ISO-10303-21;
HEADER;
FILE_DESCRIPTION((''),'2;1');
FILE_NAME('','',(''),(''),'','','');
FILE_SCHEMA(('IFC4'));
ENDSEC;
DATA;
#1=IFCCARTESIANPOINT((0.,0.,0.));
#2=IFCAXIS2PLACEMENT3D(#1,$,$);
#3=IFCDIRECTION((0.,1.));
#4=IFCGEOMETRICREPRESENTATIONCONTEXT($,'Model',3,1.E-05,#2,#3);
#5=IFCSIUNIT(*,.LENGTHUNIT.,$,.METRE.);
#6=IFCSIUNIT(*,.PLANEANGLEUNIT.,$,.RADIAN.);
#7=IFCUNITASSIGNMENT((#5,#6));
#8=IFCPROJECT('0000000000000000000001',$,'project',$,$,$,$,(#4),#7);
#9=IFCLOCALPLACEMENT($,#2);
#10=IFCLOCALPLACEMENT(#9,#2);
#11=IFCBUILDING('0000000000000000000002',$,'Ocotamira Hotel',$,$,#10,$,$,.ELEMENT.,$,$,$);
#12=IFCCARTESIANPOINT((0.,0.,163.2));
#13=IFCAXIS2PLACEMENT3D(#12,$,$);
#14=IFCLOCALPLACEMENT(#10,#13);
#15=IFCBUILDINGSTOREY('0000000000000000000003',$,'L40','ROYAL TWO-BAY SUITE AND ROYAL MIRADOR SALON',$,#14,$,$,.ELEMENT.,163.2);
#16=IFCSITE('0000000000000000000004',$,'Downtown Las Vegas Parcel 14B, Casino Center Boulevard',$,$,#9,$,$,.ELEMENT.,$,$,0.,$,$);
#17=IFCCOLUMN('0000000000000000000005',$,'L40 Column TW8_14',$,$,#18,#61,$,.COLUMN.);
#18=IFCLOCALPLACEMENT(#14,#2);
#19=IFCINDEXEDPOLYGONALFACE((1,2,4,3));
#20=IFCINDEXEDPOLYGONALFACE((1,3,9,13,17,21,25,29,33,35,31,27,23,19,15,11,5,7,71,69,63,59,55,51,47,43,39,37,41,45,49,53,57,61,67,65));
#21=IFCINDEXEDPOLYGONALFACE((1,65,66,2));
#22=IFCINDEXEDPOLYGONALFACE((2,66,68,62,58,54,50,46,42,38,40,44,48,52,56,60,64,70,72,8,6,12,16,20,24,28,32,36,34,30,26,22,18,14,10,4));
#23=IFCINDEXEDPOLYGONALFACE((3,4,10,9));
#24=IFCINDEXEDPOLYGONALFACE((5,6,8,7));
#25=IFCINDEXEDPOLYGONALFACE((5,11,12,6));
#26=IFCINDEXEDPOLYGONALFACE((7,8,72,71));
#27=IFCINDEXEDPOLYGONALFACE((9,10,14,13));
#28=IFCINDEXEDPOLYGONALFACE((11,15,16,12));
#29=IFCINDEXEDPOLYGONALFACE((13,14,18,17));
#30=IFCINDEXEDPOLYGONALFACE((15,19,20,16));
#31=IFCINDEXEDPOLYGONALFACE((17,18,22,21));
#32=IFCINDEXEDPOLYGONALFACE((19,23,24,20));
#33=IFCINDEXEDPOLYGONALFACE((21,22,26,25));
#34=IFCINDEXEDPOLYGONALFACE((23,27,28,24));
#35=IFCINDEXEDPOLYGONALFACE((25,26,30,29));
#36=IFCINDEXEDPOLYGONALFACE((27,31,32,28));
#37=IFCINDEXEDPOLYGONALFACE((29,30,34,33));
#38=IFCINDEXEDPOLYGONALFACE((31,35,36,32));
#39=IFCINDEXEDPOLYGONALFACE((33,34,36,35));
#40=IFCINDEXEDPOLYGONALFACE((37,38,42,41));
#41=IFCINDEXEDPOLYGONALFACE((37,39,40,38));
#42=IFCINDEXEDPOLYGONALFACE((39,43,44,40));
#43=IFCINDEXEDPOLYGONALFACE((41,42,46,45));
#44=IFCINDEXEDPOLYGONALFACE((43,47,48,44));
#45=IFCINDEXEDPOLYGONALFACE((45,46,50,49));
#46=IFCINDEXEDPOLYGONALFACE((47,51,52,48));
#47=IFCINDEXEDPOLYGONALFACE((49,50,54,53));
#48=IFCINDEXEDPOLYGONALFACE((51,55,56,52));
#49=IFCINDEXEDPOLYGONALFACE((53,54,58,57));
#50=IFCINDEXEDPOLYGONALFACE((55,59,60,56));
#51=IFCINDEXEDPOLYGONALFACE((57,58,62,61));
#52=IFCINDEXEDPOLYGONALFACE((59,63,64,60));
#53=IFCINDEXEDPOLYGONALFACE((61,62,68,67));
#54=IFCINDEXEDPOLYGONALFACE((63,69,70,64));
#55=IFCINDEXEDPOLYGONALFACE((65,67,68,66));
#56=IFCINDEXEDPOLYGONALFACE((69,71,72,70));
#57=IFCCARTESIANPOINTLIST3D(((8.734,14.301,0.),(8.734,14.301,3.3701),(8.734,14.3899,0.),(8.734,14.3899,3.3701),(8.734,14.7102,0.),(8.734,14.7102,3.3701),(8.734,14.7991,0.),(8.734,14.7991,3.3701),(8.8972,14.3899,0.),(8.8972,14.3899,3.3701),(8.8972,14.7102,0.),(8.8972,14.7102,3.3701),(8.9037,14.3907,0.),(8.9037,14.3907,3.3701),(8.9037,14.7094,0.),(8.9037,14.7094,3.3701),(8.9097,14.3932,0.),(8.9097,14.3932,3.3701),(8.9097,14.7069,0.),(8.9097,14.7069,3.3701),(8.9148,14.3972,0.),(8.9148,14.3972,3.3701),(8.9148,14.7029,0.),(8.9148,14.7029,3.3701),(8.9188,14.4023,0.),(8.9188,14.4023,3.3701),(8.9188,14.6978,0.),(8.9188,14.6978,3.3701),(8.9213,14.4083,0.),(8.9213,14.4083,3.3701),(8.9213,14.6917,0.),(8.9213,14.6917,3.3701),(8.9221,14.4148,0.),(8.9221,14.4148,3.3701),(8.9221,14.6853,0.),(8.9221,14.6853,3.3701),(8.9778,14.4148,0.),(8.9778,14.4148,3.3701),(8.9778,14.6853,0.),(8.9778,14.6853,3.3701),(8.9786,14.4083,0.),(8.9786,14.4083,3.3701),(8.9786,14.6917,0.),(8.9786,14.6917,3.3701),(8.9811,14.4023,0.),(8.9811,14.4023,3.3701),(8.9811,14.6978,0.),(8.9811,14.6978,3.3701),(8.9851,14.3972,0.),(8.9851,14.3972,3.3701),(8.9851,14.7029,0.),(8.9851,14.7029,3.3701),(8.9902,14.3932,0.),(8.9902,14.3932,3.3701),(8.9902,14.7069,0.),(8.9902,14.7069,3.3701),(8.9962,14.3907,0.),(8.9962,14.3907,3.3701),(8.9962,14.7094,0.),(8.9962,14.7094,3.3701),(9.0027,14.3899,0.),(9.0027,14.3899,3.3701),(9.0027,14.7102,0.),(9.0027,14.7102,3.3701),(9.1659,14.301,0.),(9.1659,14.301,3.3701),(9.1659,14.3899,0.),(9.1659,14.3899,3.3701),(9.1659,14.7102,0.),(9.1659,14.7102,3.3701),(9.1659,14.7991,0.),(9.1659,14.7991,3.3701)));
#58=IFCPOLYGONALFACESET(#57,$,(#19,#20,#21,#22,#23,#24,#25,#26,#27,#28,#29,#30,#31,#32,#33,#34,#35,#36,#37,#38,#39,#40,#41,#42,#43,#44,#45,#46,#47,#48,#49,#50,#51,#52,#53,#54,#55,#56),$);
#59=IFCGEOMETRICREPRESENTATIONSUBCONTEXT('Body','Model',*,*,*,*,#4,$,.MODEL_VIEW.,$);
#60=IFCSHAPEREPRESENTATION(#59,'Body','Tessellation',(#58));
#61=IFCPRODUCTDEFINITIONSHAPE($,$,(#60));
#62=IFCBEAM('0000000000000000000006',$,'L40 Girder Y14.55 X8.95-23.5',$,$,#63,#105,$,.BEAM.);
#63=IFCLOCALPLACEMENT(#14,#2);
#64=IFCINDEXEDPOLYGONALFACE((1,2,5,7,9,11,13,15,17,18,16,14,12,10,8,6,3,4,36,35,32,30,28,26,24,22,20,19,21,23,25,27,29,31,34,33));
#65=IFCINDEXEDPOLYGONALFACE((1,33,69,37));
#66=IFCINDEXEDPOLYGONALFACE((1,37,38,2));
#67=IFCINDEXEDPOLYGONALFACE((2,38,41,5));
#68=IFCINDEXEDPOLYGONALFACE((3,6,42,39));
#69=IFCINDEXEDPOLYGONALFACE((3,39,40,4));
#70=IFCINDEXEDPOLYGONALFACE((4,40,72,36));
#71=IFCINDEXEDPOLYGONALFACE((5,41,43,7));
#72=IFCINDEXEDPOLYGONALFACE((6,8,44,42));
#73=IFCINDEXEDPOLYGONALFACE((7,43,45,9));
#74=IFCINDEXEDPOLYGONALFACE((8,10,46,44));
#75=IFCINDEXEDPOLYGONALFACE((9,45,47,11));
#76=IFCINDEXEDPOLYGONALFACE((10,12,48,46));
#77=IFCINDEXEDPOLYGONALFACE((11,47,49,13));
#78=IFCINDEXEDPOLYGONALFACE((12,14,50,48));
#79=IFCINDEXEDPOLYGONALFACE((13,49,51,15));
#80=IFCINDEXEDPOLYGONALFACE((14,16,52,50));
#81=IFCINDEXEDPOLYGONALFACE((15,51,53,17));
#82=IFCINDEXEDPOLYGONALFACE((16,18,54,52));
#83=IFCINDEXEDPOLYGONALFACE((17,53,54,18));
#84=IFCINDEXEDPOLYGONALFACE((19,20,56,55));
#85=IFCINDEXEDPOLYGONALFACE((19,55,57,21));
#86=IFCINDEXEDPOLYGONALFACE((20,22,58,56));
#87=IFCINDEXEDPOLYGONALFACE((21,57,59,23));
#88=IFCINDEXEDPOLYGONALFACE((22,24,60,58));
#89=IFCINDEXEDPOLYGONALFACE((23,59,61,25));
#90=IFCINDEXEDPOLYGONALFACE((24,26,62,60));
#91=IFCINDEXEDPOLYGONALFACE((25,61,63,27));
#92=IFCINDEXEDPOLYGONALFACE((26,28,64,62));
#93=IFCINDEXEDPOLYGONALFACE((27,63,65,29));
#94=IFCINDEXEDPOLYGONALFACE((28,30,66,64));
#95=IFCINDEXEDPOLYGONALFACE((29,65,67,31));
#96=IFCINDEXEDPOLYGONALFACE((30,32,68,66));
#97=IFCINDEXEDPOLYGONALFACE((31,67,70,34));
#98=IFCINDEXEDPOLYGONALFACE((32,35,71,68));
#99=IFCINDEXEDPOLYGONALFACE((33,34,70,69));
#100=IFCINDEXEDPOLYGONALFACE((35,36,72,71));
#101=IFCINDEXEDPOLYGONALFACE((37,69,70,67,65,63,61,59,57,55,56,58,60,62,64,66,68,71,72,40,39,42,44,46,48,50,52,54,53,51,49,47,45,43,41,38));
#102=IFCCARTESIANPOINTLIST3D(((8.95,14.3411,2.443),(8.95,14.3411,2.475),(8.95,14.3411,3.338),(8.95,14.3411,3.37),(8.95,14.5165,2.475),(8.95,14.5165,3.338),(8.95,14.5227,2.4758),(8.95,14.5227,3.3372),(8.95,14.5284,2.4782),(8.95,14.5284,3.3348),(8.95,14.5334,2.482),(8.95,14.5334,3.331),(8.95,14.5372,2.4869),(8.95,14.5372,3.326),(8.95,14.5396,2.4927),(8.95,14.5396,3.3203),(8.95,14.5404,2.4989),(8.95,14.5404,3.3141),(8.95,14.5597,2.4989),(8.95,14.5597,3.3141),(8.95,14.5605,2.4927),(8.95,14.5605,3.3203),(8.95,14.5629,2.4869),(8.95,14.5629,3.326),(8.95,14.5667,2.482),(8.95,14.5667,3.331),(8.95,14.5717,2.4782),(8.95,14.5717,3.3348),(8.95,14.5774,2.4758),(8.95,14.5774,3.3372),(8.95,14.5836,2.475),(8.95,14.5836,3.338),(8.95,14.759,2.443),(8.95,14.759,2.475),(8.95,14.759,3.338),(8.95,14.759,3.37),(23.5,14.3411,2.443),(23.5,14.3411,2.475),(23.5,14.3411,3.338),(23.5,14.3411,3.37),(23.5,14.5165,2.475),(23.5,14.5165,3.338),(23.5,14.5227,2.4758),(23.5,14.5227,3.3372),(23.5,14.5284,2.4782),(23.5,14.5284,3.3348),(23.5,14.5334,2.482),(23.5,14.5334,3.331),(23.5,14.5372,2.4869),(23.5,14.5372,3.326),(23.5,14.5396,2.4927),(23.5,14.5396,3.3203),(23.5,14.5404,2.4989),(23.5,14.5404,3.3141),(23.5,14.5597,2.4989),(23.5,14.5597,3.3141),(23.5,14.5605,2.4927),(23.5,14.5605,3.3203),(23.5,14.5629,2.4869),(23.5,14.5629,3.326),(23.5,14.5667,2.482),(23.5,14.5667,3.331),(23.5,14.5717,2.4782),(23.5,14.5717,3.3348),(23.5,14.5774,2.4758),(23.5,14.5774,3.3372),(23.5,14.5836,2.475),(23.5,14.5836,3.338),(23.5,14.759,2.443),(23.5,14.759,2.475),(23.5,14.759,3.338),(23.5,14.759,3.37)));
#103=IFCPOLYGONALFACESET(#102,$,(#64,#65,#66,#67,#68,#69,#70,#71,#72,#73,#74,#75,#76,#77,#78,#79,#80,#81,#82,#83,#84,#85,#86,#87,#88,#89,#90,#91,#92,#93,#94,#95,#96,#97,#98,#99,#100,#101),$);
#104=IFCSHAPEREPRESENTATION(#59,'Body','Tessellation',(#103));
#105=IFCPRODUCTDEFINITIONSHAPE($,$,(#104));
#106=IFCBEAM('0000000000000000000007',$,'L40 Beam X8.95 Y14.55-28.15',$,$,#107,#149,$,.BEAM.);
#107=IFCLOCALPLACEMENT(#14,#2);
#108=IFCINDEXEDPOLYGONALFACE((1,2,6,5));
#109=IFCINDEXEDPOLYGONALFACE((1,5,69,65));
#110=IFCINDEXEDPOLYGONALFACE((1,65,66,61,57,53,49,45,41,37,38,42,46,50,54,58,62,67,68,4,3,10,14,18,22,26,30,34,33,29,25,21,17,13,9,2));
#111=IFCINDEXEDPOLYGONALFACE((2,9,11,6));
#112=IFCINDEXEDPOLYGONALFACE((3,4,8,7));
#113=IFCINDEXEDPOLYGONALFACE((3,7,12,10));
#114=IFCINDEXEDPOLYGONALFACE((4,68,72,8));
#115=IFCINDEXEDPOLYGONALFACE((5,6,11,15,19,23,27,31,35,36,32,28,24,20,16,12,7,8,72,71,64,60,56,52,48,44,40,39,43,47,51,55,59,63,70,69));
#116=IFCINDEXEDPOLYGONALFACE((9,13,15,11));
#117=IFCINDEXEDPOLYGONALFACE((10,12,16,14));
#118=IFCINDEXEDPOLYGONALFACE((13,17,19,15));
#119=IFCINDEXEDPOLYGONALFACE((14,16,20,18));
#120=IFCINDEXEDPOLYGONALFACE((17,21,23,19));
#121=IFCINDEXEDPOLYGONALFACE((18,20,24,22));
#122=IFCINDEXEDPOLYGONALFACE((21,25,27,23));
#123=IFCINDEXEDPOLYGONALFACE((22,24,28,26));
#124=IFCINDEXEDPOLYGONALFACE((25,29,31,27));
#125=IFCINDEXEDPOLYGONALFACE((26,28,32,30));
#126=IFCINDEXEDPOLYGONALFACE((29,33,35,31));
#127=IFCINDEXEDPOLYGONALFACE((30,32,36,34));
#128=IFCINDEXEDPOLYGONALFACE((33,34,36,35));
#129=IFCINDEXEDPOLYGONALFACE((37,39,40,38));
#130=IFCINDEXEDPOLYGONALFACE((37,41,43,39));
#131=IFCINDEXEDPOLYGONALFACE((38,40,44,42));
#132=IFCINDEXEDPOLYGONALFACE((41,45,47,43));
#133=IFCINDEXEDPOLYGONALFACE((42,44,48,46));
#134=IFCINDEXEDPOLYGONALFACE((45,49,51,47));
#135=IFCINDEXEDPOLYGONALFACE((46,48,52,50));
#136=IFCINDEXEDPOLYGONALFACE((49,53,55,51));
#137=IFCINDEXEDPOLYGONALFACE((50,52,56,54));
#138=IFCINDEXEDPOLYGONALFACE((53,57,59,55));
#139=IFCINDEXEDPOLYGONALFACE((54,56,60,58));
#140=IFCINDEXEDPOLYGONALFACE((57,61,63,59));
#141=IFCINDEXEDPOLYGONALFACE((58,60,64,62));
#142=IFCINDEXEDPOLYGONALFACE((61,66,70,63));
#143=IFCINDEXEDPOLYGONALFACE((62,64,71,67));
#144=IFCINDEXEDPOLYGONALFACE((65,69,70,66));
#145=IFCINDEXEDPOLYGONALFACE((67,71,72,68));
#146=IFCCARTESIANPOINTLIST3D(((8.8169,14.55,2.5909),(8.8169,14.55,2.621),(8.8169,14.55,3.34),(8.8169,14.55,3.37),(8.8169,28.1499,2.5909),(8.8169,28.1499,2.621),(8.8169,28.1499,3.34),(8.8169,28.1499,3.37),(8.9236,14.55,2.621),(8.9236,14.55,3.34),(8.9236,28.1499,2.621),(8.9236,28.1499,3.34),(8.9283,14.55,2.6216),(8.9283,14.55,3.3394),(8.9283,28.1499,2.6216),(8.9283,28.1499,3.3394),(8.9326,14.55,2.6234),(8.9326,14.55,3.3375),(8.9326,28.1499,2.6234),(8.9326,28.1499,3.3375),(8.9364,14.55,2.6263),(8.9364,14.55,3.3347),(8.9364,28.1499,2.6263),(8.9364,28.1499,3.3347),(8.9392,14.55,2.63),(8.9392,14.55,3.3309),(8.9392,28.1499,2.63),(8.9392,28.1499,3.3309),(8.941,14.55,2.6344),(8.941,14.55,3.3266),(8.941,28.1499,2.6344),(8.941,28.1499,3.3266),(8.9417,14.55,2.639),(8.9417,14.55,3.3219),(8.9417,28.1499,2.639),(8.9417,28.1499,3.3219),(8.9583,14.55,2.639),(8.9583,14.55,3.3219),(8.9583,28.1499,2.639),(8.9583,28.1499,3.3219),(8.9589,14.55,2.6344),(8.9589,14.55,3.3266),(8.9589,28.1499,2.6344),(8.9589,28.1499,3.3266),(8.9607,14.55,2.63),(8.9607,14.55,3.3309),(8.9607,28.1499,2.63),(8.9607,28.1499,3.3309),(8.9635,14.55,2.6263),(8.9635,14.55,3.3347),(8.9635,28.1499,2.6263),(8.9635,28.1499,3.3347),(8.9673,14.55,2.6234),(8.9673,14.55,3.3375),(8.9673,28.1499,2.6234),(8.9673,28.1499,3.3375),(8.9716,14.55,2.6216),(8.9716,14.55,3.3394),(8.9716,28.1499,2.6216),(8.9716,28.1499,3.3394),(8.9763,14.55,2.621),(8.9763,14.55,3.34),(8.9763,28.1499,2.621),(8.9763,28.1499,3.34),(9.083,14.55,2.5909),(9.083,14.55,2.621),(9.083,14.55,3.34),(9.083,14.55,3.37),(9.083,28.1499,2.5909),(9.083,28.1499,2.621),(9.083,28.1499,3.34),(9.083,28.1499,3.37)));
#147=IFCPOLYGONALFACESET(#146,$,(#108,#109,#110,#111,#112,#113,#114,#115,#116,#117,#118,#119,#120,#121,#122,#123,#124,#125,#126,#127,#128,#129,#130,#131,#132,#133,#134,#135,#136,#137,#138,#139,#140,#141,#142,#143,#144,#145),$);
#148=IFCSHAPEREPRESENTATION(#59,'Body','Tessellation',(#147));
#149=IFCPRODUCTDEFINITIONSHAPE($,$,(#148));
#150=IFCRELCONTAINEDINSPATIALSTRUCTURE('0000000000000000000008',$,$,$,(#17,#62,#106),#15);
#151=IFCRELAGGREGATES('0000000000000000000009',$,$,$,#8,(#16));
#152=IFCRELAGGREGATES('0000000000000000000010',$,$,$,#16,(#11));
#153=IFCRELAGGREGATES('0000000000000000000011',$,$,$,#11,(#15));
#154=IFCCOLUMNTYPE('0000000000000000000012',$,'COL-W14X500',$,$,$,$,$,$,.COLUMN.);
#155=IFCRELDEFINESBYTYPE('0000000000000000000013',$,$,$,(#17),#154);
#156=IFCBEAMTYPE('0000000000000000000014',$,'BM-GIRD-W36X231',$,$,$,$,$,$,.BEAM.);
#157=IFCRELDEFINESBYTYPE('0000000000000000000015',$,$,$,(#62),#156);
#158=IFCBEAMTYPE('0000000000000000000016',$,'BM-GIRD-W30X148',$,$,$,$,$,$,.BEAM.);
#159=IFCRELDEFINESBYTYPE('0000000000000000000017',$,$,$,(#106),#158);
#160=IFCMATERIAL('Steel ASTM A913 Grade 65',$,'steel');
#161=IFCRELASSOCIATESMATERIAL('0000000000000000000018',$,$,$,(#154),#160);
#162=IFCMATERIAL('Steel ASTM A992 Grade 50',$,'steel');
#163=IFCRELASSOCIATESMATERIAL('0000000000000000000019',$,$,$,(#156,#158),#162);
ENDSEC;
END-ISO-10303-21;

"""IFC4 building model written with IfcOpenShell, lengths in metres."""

from ifc_helpers import new_model, si_unit, direction, frame, origin, origin_2d, place, context, subcontext, project, spatial, i_section, extrude, source, transform, mapped, material, material_profile, profile_set, type_object, element, save


model = new_model("IFC4")

# Units and contexts
model_context = context("Model", 3, precision=1e-05, world=origin(), true_north=direction((0.0, 1.0)))
body_context = subcontext(model_context, "Body", "Model", "MODEL_VIEW")
ifc_project = project(units=[si_unit("LENGTHUNIT", "METRE"), si_unit("PLANEANGLEUNIT", "RADIAN")], contexts=[model_context])

# Site, building, storey
site_placement = place(None, origin())
site = spatial("IfcSite", under=ifc_project, at=site_placement, Name="Downtown Las Vegas Parcel 14B, Casino Center Boulevard", CompositionType="ELEMENT", RefElevation=0.0)
building_placement = place(site_placement, origin())
building = spatial("IfcBuilding", under=site, at=building_placement, Name="Ocotamira Hotel", CompositionType="ELEMENT")
storey_placement = place(building_placement, frame((0.0, 0.0, 163.2)))
storey = spatial("IfcBuildingStorey", under=building, at=storey_placement, Name="L40", Description="ROYAL TWO-BAY SUITE AND ROYAL MIRADOR SALON", CompositionType="ELEMENT", Elevation=163.2)

# Column
ifc_material_1 = material(Name="Steel ASTM A913 Grade 65", Category="steel")
ifc_material_profile_1 = material_profile(ifc_material_1, i_section(OverallWidth=0.4319, OverallDepth=0.498, WebThickness=0.0557, FlangeThickness=0.0889, FilletRadius=0.0249, at=origin_2d()), Name="W14X500")
ifc_profile_set_1 = profile_set([ifc_material_profile_1], Name="Steel ASTM A913 Grade 65")
column_type = type_object("IfcColumnType", Name="COL-W14X500", PredefinedType="COLUMN", material=ifc_profile_set_1)
shared_shape_1 = source(origin(), body_context, "Body", "SweptSolid", [
    extrude(i_section(OverallWidth=0.4319, OverallDepth=0.498, WebThickness=0.0557, FlangeThickness=0.0889, FilletRadius=0.0249, at=origin_2d()), origin(), (0.0, 0.0, 1.0), 3.3701),
])
column_placement = place(storey_placement, frame((8.95, 14.55, 0.0), z_axis=(0.0, 0.0, 1.0), x_axis=(1.0, 0.0, 0.0)))
element("IfcColumn", 1, at=column_placement, inside=storey, type_object=column_type, Name="L40 Column TW8_14", PredefinedType="COLUMN", context=body_context, shape_type="MappedRepresentation", body=[
    mapped(shared_shape_1, transform((0.0, 0.0, 0.0), scale=1.0)),
])

# Beams
ifc_material_2 = material(Name="Steel ASTM A992 Grade 50", Category="steel")
ifc_material_profile_2 = material_profile(ifc_material_2, i_section(OverallWidth=0.418, OverallDepth=0.927, WebThickness=0.0193, FlangeThickness=0.032, FilletRadius=0.0239, at=origin_2d()), Name="W36X231")
ifc_profile_set_2 = profile_set([ifc_material_profile_2], Name="Steel ASTM A992 Grade 50")
beam_type_1 = type_object("IfcBeamType", Name="BM-GIRD-W36X231", PredefinedType="BEAM", material=ifc_profile_set_2)
shared_shape_2 = source(origin(), body_context, "Body", "SweptSolid", [
    extrude(i_section(OverallWidth=0.418, OverallDepth=0.927, WebThickness=0.0193, FlangeThickness=0.032, FilletRadius=0.0239, at=origin_2d()), origin(), (0.0, 0.0, 1.0), 14.55),
])
beam_1_placement = place(storey_placement, frame((8.95, 14.55, 2.9065), z_axis=(1.0, 0.0, 0.0), x_axis=(0.0, 1.0, 0.0)))
element("IfcBeam", 2, at=beam_1_placement, inside=storey, type_object=beam_type_1, Name="L40 Girder Y14.55 X8.95-23.5", PredefinedType="BEAM", context=body_context, shape_type="MappedRepresentation", body=[
    mapped(shared_shape_2, transform((0.0, 0.0, 0.0), scale=1.0)),
])
ifc_material_profile_3 = material_profile(ifc_material_2, i_section(OverallWidth=0.2661, OverallDepth=0.7791, WebThickness=0.0166, FlangeThickness=0.03, FilletRadius=0.0181, at=origin_2d()), Name="W30X148")
ifc_profile_set_3 = profile_set([ifc_material_profile_3], Name="Steel ASTM A992 Grade 50")
beam_type_2 = type_object("IfcBeamType", Name="BM-GIRD-W30X148", PredefinedType="BEAM", material=ifc_profile_set_3)
shared_shape_3 = source(origin(), body_context, "Body", "SweptSolid", [
    extrude(i_section(OverallWidth=0.2661, OverallDepth=0.7791, WebThickness=0.0166, FlangeThickness=0.03, FilletRadius=0.0181, at=origin_2d()), origin(), (0.0, 0.0, 1.0), 13.5999),
])
beam_2_placement = place(storey_placement, frame((8.95, 14.55, 2.9805), z_axis=(0.0, 1.0, 0.0), x_axis=(-1.0, 0.0, 0.0)))
element("IfcBeam", 3, at=beam_2_placement, inside=storey, type_object=beam_type_2, Name="L40 Beam X8.95 Y14.55-28.15", PredefinedType="BEAM", context=body_context, shape_type="MappedRepresentation", body=[
    mapped(shared_shape_3, transform((0.0, 0.0, 0.0), scale=1.0)),
])

save(model, "model.ifc")
